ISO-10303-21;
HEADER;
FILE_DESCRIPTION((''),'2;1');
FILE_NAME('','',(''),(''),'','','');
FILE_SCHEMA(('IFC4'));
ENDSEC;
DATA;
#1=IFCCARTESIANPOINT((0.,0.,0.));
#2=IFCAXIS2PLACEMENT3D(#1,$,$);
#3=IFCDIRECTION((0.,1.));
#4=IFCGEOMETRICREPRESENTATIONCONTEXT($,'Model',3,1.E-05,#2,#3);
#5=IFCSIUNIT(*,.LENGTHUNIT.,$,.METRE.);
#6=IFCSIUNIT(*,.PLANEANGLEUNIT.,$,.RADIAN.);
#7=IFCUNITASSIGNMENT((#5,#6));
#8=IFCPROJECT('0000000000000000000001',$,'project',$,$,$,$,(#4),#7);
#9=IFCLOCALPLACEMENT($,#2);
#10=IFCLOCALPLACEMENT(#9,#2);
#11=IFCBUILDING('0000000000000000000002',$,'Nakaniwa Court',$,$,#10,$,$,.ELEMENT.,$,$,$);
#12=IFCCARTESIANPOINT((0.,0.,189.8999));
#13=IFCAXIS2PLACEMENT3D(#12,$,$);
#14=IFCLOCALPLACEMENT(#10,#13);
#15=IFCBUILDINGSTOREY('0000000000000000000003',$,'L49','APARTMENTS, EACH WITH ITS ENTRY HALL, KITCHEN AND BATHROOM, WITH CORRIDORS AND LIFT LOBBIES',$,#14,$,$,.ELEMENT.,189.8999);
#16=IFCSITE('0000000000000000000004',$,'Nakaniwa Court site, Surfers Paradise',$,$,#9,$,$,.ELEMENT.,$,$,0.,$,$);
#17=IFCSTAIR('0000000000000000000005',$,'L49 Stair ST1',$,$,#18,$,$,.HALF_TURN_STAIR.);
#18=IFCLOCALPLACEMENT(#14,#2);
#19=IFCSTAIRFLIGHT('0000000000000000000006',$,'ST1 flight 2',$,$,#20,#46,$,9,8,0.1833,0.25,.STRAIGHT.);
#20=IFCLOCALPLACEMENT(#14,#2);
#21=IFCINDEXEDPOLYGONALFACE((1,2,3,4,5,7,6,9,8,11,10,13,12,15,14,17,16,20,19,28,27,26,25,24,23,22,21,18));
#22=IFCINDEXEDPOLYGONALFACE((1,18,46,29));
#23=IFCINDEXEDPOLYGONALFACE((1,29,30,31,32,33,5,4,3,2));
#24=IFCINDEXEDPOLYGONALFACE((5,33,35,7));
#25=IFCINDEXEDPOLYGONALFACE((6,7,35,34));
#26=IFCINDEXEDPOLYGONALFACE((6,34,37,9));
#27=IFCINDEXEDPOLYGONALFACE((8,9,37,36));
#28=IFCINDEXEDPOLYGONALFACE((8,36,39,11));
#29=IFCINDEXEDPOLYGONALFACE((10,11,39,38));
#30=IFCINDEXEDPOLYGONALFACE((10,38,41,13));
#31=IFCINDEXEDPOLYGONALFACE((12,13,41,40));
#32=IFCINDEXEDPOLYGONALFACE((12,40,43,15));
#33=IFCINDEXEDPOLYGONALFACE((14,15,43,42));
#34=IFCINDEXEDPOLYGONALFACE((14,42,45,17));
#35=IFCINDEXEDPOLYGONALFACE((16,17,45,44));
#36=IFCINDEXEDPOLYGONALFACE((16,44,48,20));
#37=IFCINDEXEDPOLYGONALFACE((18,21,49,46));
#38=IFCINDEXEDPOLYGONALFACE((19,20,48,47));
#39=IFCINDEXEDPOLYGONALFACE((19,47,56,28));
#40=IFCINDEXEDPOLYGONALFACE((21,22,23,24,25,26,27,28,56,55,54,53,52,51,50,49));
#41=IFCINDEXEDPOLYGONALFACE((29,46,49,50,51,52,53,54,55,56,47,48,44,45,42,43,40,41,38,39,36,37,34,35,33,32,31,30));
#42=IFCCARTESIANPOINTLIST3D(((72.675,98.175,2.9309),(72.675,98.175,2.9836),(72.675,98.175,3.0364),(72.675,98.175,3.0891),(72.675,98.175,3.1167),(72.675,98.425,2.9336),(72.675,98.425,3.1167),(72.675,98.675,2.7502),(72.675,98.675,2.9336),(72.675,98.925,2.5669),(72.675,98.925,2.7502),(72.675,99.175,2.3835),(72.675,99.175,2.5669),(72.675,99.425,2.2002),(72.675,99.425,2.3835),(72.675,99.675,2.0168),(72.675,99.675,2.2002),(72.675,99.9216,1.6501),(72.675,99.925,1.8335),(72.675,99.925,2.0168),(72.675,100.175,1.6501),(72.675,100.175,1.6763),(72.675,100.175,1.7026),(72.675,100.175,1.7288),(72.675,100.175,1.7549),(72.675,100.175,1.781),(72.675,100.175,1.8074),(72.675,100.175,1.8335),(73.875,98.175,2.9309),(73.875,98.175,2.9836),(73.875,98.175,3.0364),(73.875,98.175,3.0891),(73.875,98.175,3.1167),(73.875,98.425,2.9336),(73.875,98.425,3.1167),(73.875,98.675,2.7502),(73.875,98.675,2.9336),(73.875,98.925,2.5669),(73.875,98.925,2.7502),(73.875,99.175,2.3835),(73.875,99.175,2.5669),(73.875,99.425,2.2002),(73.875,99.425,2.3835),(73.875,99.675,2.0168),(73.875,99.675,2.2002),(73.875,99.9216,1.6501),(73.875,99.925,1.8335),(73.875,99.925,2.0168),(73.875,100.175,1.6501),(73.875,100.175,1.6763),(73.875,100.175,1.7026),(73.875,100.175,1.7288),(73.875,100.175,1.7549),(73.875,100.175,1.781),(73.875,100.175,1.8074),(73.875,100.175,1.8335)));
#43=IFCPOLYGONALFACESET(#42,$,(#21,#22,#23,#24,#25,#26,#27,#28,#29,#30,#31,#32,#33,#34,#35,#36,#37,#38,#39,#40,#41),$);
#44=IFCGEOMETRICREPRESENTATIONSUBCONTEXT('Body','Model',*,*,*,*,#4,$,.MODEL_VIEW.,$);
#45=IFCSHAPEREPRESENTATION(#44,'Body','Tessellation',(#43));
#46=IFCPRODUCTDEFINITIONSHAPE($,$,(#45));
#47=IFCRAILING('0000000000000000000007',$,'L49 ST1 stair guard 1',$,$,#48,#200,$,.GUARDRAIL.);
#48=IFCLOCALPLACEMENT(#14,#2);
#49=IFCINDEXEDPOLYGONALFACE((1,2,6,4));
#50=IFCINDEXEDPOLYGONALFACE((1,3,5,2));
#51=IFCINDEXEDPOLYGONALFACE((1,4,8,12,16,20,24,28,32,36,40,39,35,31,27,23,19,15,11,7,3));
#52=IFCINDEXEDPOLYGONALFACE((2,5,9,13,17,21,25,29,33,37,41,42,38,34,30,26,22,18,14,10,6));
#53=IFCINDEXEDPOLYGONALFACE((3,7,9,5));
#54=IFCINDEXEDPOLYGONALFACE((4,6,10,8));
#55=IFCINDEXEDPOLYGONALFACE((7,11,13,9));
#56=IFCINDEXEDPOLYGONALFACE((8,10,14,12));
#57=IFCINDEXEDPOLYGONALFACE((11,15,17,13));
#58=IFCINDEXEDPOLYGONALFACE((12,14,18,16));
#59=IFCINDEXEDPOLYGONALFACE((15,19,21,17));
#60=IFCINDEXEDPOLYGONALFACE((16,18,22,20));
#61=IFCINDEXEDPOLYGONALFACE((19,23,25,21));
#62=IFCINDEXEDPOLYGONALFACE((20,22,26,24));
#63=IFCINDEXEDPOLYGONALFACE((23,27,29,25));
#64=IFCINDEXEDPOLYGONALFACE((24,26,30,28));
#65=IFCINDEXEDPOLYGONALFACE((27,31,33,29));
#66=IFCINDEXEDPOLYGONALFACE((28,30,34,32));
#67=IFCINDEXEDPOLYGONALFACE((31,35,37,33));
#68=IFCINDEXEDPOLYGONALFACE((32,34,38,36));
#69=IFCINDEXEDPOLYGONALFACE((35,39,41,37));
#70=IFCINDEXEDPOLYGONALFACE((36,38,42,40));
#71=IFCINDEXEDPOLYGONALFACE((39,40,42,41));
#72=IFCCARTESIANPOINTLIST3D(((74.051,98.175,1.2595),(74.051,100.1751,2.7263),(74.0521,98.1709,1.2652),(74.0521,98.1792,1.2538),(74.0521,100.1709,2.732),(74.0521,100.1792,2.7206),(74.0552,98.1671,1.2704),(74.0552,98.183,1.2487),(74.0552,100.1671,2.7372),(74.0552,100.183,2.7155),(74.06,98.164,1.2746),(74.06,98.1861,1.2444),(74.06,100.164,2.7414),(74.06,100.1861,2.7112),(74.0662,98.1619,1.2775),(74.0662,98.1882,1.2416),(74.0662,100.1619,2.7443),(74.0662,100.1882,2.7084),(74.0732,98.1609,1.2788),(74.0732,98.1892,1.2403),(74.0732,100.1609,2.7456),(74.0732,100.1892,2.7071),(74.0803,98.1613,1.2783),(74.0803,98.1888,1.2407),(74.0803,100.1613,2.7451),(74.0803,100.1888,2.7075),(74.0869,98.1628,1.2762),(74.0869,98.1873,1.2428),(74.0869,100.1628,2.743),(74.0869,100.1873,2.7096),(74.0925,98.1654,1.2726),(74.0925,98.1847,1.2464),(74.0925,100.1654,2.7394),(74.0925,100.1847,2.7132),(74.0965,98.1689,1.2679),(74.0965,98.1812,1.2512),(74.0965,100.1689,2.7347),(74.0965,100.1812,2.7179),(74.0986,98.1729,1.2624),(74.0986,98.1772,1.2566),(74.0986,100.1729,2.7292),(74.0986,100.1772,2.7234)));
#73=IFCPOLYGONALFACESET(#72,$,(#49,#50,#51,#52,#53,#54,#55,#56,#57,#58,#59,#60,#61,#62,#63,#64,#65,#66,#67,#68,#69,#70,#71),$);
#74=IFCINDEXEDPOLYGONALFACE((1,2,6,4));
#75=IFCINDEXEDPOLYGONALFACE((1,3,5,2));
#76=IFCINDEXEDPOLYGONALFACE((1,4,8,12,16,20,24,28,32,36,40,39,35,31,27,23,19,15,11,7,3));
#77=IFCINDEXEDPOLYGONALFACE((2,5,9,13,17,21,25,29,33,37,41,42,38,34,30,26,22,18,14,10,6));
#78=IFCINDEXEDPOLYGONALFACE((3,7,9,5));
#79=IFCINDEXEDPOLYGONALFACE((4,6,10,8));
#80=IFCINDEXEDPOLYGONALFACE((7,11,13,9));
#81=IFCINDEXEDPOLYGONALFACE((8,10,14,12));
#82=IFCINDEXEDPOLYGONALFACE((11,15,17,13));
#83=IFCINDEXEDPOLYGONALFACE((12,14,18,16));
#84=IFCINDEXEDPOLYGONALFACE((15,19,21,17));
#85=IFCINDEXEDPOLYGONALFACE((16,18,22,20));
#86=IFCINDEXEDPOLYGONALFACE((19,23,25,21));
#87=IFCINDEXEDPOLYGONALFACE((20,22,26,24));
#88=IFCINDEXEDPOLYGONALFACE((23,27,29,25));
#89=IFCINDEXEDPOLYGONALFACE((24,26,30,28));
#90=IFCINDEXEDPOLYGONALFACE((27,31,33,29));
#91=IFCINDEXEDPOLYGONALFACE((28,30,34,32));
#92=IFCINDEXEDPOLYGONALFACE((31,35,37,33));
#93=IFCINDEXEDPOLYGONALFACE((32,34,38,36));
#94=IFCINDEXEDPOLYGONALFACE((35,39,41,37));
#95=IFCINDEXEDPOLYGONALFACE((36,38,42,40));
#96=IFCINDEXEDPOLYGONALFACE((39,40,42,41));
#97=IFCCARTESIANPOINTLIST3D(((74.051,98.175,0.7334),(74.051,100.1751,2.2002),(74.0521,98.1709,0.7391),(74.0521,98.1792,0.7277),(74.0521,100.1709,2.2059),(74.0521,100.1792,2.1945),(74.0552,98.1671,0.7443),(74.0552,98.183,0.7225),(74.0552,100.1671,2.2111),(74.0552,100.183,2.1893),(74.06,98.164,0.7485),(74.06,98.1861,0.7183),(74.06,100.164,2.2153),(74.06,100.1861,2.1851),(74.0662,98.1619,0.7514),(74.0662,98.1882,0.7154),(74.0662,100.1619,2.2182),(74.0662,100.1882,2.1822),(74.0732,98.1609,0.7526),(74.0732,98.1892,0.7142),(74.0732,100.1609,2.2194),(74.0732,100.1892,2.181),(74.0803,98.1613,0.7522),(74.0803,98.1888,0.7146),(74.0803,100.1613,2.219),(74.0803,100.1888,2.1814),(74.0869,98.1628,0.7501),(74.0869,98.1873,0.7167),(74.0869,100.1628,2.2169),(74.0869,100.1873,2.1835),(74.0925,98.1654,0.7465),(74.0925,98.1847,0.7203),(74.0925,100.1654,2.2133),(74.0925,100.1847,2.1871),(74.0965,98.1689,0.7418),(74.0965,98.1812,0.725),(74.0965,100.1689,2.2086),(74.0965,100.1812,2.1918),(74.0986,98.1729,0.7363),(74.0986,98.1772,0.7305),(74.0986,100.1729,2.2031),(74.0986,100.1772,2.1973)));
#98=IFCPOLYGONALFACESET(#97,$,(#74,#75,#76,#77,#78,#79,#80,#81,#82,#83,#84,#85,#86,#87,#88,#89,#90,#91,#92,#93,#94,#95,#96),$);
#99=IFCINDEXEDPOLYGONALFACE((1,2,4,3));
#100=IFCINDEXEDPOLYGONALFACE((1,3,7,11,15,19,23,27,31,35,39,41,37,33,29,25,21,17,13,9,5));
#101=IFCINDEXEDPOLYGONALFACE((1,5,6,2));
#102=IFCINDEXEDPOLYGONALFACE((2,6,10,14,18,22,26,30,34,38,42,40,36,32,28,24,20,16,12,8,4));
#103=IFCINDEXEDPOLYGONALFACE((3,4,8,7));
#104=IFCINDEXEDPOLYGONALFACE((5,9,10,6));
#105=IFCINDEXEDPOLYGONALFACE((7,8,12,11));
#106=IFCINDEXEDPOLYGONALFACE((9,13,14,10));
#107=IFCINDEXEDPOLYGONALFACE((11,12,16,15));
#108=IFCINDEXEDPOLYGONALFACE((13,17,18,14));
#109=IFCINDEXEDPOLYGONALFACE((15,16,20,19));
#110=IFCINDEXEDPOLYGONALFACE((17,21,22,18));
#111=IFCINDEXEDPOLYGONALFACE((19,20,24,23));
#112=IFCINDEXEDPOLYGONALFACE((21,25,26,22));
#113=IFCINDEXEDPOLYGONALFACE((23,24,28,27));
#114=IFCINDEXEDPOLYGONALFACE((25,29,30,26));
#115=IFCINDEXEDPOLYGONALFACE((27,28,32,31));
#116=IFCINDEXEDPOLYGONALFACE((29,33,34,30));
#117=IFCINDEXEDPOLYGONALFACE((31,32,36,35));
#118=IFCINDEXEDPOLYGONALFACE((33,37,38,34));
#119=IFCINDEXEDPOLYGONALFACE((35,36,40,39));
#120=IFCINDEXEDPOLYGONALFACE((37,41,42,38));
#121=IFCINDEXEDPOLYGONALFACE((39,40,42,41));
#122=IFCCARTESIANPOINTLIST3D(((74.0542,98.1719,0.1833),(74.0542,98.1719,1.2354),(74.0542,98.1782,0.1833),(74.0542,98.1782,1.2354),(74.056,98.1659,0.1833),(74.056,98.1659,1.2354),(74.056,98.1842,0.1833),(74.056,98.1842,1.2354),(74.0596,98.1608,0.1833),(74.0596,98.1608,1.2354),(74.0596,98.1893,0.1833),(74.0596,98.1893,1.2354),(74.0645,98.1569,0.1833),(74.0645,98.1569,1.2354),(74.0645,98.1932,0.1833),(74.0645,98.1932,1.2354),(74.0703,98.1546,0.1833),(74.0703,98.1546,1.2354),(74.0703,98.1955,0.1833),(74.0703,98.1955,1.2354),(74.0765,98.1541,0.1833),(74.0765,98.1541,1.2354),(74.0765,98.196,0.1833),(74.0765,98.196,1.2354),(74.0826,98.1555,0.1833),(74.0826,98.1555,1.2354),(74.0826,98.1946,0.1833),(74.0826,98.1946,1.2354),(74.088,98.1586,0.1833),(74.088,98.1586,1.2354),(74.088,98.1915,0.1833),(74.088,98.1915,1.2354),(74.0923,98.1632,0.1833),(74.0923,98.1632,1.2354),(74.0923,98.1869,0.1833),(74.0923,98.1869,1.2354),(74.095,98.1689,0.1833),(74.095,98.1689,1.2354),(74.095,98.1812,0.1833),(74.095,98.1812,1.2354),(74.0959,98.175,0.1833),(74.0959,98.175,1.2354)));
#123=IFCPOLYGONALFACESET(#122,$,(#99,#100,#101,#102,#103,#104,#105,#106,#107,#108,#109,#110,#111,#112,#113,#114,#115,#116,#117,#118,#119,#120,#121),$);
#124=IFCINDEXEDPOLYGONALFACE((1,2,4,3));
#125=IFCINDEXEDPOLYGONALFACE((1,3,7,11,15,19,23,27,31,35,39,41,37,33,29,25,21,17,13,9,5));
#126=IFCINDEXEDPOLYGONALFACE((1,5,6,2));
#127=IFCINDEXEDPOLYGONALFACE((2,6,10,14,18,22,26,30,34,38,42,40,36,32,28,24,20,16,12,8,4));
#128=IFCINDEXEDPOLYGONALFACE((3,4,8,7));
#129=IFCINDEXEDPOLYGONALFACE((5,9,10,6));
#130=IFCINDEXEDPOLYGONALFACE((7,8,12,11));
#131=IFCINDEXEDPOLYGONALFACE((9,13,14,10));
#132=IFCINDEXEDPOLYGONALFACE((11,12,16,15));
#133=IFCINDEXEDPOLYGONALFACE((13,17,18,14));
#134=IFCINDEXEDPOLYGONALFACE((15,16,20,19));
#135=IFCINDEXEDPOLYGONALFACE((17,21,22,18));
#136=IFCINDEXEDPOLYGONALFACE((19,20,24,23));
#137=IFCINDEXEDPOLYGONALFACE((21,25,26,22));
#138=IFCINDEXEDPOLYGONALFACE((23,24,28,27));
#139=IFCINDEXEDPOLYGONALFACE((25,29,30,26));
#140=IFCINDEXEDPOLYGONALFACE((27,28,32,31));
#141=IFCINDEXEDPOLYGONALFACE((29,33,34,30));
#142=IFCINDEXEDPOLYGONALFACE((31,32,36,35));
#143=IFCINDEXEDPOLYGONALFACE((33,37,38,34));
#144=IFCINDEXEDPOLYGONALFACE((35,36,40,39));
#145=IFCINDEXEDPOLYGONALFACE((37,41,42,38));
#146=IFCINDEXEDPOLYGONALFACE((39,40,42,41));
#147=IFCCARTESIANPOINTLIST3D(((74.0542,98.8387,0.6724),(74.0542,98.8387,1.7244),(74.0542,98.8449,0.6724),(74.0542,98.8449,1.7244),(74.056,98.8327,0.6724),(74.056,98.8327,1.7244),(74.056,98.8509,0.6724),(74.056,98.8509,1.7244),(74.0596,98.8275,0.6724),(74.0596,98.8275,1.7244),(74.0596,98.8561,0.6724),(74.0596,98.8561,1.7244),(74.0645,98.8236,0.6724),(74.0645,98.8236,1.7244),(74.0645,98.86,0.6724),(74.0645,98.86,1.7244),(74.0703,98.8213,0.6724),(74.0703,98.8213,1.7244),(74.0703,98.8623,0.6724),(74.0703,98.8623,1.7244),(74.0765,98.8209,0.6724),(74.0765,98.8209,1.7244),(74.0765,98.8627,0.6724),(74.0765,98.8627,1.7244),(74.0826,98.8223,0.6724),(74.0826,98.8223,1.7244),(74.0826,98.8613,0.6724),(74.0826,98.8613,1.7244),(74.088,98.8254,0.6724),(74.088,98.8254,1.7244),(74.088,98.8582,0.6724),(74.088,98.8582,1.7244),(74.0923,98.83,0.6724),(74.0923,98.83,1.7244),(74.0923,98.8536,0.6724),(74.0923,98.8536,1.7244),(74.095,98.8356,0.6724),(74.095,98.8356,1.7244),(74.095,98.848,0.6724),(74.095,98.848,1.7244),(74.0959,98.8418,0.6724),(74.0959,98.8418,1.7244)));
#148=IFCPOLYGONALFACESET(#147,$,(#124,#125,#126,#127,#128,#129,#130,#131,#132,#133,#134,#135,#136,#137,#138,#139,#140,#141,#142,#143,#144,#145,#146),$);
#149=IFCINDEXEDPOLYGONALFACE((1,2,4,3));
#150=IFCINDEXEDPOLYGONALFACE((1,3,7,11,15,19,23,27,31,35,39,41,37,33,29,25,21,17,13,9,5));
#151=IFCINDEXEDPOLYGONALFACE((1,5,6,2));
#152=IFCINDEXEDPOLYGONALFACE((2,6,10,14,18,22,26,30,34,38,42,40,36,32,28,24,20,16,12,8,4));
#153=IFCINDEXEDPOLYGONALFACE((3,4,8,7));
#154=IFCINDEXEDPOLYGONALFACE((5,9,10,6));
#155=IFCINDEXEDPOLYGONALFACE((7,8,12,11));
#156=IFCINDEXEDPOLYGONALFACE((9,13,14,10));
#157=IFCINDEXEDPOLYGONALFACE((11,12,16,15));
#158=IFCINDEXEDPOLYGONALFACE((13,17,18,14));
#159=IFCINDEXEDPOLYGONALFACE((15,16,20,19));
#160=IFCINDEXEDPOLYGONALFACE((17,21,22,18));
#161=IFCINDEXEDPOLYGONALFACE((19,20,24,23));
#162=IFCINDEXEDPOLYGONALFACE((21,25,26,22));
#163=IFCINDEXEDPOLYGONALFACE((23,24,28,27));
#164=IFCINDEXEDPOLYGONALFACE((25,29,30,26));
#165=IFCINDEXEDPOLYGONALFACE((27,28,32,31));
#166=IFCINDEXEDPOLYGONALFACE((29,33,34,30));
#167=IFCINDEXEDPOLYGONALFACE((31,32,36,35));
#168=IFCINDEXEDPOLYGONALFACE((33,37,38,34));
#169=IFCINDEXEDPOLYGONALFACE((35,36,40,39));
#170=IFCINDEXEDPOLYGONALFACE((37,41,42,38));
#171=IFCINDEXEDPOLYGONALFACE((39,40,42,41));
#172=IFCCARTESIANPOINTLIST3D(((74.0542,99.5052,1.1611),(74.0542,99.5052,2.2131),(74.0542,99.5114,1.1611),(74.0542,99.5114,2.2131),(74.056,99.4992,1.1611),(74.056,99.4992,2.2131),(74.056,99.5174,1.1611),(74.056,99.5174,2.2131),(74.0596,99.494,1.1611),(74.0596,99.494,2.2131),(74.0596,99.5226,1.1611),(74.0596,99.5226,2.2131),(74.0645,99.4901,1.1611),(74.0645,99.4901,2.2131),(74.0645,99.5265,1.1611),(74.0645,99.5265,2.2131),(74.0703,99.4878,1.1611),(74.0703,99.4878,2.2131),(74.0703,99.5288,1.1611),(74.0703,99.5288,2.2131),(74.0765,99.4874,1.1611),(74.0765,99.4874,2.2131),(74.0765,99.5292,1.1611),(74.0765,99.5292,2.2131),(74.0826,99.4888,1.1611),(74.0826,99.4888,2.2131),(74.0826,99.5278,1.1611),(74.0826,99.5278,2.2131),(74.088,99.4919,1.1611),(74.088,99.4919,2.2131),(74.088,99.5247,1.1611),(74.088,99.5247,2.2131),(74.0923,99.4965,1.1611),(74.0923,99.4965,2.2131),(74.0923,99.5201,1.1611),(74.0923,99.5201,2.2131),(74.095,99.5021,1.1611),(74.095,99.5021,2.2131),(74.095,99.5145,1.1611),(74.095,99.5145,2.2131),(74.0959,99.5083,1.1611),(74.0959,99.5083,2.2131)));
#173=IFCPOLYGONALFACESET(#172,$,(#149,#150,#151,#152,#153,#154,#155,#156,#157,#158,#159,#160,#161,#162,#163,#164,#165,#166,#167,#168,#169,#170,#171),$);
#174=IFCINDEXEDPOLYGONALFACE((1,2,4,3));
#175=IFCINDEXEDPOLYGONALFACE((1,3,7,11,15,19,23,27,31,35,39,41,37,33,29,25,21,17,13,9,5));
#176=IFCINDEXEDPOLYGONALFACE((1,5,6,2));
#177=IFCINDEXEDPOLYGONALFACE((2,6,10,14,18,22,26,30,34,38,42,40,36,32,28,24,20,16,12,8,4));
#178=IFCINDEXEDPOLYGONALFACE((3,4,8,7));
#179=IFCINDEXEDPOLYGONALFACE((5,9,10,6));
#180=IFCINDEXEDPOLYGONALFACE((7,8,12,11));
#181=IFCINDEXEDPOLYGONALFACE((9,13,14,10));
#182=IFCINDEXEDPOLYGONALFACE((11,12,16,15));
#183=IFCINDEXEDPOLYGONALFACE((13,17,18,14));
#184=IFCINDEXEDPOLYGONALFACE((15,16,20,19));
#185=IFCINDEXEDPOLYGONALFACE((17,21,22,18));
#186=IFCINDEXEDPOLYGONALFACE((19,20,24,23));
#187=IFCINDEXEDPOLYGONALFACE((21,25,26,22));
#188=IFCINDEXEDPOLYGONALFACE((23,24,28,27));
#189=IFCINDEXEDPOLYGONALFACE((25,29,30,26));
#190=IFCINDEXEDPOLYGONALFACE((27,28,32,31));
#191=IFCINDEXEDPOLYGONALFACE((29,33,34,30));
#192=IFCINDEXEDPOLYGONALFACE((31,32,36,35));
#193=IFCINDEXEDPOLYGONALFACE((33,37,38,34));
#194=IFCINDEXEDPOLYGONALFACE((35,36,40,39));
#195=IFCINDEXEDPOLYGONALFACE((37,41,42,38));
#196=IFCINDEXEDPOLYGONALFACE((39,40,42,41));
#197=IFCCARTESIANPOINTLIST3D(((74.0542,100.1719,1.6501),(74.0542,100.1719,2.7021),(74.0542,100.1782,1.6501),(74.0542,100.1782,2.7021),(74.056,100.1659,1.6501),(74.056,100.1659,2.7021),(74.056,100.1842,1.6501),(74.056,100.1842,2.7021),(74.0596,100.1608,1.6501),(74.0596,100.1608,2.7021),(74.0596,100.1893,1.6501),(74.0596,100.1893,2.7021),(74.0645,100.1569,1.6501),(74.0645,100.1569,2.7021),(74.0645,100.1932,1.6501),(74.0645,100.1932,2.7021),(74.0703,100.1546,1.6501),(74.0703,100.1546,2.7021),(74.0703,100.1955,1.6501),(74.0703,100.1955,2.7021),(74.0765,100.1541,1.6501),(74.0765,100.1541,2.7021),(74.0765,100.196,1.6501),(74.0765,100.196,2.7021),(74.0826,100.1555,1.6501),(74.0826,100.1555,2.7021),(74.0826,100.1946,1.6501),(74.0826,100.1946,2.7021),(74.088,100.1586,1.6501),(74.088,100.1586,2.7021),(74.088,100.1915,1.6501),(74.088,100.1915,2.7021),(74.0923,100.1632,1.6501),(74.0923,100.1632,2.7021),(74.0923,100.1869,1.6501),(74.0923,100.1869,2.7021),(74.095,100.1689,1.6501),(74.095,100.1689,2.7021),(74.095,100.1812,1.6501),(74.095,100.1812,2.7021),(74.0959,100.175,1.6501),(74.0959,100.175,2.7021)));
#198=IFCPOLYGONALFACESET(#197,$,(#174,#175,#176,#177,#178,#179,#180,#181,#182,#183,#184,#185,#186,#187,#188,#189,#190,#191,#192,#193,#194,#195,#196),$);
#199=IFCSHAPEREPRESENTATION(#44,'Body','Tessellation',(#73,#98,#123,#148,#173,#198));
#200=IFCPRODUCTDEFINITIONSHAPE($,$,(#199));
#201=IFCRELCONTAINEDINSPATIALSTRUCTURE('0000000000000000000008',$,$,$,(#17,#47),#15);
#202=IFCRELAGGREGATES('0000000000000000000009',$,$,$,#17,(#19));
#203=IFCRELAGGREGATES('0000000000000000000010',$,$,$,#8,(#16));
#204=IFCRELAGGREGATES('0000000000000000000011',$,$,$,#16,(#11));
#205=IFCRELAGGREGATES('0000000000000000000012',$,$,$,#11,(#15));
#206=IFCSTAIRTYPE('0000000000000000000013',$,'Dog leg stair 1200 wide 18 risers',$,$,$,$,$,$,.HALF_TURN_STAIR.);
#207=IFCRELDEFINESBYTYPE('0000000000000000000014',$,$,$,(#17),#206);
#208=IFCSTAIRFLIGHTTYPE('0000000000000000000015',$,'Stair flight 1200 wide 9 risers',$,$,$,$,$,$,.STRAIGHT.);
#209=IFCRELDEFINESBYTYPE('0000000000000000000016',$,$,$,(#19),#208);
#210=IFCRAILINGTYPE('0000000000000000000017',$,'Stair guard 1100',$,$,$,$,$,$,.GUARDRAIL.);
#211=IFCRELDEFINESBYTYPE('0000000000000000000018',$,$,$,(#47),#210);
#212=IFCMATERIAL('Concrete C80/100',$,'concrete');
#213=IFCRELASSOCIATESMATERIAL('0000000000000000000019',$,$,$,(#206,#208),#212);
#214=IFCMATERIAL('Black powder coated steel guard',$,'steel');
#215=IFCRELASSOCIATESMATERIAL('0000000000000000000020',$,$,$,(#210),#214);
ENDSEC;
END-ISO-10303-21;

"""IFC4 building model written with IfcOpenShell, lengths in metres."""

from ifc_helpers import new_model, si_unit, direction, frame, origin, origin_2d, place, context, subcontext, project, spatial, polyline, circle, outline, extrude, material, type_object, element, aggregate, save


model = new_model("IFC4")

# Units and contexts
model_context = context("Model", 3, precision=1e-05, world=origin(), true_north=direction((0.0, 1.0)))
body_context = subcontext(model_context, "Body", "Model", "MODEL_VIEW")
ifc_project = project(units=[si_unit("LENGTHUNIT", "METRE"), si_unit("PLANEANGLEUNIT", "RADIAN")], contexts=[model_context])

# Site, building, storey
site_placement = place(None, origin())
site = spatial("IfcSite", under=ifc_project, at=site_placement, Name="Nakaniwa Court site, Surfers Paradise", CompositionType="ELEMENT", RefElevation=0.0)
building_placement = place(site_placement, origin())
building = spatial("IfcBuilding", under=site, at=building_placement, Name="Nakaniwa Court", CompositionType="ELEMENT")
storey_placement = place(building_placement, frame((0.0, 0.0, 189.8999)))
storey = spatial("IfcBuildingStorey", under=building, at=storey_placement, Name="L49", Description="APARTMENTS, EACH WITH ITS ENTRY HALL, KITCHEN AND BATHROOM, WITH CORRIDORS AND LIFT LOBBIES", CompositionType="ELEMENT", Elevation=189.8999)

# Shared definitions
ifc_material_1 = material(Name="Concrete C80/100", Category="concrete")

# Stair, stair flight
stair_type = type_object("IfcStairType", Name="Dog leg stair 1200 wide 18 risers", PredefinedType="HALF_TURN_STAIR", material=ifc_material_1)
stair_placement = place(storey_placement, origin())
stair = element("IfcStair", 1, at=stair_placement, inside=storey, type_object=stair_type, Name="L49 Stair ST1", PredefinedType="HALF_TURN_STAIR")
stair_flight_type = type_object("IfcStairFlightType", Name="Stair flight 1200 wide 9 risers", PredefinedType="STRAIGHT", material=ifc_material_1)
stair_flight_1_placement = place(storey_placement, frame((73.2749, 100.175, 1.6501), z_axis=(0.0, 0.0, 1.0), x_axis=(0.0, -1.0, 0.0)))
stair_flight_1 = element("IfcStairFlight", 2, at=stair_flight_1_placement, type_object=stair_flight_type, Name="ST1 flight 2", NumberOfRisers=9, NumberOfTreads=8, PredefinedType="STRAIGHT", RiserHeight=0.1833, TreadLength=0.25, context=body_context, shape_type="SweptSolid", body=[
    extrude(outline(polyline([(0.0, 0.0), (0.0, 0.0261), (0.0, 0.0525), (0.0, 0.0786), (0.0, 0.1047), (0.0, 0.1309), (0.0, 0.1572), (0.0, 0.1833), (0.25, 0.1833), (0.25, 0.3667), (0.5, 0.3667), (0.5, 0.55), (0.75, 0.55), (0.75, 0.7334), (1.0, 0.7334), (1.0, 0.9167), (1.25, 0.9167), (1.25, 1.1001), (1.5, 1.1001), (1.5, 1.2834), (1.75, 1.2834), (1.75, 1.4666), (2.0, 1.4666), (2.0, 1.6499), (2.0, 1.5972), (2.0, 1.5444), (2.0, 1.4917), (2.0, 1.439), (2.0, 1.3862), (2.0, 1.3335), (2.0, 1.2808), (0.2534, 0.0), (0.0, 0.0)])), frame((0.0, 0.6001, 0.0), z_axis=(0.0, -1.0, 0.0), x_axis=(1.0, 0.0, 0.0)), (0.0, 0.0, 1.0), 1.2),
])
aggregate(stair, [stair_flight_1])

# Railing
ifc_material_2 = material(Name="Black powder coated steel guard", Category="steel")
railing_type_1 = type_object("IfcRailingType", Name="Stair guard 1100", PredefinedType="GUARDRAIL", material=ifc_material_2)
railing_1_placement = place(storey_placement, frame((74.075, 98.175, 0.1833)))
element("IfcRailing", 3, at=railing_1_placement, inside=storey, type_object=railing_type_1, Name="L49 ST1 stair guard 1", PredefinedType="GUARDRAIL", context=body_context, shape_type="SweptSolid", body=[
    extrude(circle(Radius=0.0239, at=origin_2d()), frame((0.0, 0.0, 1.0762), z_axis=(0.0, 0.80638, 0.591398), x_axis=(-1.0, 0.0, 0.0)), (0.0, 0.0, 1.0), 2.4802),
    extrude(circle(Radius=0.0239, at=origin_2d()), frame((0.0, 0.0, 0.55), z_axis=(0.0, 0.80638, 0.591398), x_axis=(-1.0, 0.0, 0.0)), (0.0, 0.0, 1.0), 2.4802),
    extrude(circle(Radius=0.021, at=origin_2d()), origin(), (0.0, 0.0, 1.0), 1.052),
    extrude(circle(Radius=0.021, at=origin_2d()), frame((0.0, 0.6667, 0.489)), (0.0, 0.0, 1.0), 1.052),
    extrude(circle(Radius=0.021, at=origin_2d()), frame((0.0, 1.3333, 0.9778)), (0.0, 0.0, 1.0), 1.052),
    extrude(circle(Radius=0.021, at=origin_2d()), frame((0.0, 2.0, 1.4668)), (0.0, 0.0, 1.0), 1.052),
])

save(model, "model.ifc")
